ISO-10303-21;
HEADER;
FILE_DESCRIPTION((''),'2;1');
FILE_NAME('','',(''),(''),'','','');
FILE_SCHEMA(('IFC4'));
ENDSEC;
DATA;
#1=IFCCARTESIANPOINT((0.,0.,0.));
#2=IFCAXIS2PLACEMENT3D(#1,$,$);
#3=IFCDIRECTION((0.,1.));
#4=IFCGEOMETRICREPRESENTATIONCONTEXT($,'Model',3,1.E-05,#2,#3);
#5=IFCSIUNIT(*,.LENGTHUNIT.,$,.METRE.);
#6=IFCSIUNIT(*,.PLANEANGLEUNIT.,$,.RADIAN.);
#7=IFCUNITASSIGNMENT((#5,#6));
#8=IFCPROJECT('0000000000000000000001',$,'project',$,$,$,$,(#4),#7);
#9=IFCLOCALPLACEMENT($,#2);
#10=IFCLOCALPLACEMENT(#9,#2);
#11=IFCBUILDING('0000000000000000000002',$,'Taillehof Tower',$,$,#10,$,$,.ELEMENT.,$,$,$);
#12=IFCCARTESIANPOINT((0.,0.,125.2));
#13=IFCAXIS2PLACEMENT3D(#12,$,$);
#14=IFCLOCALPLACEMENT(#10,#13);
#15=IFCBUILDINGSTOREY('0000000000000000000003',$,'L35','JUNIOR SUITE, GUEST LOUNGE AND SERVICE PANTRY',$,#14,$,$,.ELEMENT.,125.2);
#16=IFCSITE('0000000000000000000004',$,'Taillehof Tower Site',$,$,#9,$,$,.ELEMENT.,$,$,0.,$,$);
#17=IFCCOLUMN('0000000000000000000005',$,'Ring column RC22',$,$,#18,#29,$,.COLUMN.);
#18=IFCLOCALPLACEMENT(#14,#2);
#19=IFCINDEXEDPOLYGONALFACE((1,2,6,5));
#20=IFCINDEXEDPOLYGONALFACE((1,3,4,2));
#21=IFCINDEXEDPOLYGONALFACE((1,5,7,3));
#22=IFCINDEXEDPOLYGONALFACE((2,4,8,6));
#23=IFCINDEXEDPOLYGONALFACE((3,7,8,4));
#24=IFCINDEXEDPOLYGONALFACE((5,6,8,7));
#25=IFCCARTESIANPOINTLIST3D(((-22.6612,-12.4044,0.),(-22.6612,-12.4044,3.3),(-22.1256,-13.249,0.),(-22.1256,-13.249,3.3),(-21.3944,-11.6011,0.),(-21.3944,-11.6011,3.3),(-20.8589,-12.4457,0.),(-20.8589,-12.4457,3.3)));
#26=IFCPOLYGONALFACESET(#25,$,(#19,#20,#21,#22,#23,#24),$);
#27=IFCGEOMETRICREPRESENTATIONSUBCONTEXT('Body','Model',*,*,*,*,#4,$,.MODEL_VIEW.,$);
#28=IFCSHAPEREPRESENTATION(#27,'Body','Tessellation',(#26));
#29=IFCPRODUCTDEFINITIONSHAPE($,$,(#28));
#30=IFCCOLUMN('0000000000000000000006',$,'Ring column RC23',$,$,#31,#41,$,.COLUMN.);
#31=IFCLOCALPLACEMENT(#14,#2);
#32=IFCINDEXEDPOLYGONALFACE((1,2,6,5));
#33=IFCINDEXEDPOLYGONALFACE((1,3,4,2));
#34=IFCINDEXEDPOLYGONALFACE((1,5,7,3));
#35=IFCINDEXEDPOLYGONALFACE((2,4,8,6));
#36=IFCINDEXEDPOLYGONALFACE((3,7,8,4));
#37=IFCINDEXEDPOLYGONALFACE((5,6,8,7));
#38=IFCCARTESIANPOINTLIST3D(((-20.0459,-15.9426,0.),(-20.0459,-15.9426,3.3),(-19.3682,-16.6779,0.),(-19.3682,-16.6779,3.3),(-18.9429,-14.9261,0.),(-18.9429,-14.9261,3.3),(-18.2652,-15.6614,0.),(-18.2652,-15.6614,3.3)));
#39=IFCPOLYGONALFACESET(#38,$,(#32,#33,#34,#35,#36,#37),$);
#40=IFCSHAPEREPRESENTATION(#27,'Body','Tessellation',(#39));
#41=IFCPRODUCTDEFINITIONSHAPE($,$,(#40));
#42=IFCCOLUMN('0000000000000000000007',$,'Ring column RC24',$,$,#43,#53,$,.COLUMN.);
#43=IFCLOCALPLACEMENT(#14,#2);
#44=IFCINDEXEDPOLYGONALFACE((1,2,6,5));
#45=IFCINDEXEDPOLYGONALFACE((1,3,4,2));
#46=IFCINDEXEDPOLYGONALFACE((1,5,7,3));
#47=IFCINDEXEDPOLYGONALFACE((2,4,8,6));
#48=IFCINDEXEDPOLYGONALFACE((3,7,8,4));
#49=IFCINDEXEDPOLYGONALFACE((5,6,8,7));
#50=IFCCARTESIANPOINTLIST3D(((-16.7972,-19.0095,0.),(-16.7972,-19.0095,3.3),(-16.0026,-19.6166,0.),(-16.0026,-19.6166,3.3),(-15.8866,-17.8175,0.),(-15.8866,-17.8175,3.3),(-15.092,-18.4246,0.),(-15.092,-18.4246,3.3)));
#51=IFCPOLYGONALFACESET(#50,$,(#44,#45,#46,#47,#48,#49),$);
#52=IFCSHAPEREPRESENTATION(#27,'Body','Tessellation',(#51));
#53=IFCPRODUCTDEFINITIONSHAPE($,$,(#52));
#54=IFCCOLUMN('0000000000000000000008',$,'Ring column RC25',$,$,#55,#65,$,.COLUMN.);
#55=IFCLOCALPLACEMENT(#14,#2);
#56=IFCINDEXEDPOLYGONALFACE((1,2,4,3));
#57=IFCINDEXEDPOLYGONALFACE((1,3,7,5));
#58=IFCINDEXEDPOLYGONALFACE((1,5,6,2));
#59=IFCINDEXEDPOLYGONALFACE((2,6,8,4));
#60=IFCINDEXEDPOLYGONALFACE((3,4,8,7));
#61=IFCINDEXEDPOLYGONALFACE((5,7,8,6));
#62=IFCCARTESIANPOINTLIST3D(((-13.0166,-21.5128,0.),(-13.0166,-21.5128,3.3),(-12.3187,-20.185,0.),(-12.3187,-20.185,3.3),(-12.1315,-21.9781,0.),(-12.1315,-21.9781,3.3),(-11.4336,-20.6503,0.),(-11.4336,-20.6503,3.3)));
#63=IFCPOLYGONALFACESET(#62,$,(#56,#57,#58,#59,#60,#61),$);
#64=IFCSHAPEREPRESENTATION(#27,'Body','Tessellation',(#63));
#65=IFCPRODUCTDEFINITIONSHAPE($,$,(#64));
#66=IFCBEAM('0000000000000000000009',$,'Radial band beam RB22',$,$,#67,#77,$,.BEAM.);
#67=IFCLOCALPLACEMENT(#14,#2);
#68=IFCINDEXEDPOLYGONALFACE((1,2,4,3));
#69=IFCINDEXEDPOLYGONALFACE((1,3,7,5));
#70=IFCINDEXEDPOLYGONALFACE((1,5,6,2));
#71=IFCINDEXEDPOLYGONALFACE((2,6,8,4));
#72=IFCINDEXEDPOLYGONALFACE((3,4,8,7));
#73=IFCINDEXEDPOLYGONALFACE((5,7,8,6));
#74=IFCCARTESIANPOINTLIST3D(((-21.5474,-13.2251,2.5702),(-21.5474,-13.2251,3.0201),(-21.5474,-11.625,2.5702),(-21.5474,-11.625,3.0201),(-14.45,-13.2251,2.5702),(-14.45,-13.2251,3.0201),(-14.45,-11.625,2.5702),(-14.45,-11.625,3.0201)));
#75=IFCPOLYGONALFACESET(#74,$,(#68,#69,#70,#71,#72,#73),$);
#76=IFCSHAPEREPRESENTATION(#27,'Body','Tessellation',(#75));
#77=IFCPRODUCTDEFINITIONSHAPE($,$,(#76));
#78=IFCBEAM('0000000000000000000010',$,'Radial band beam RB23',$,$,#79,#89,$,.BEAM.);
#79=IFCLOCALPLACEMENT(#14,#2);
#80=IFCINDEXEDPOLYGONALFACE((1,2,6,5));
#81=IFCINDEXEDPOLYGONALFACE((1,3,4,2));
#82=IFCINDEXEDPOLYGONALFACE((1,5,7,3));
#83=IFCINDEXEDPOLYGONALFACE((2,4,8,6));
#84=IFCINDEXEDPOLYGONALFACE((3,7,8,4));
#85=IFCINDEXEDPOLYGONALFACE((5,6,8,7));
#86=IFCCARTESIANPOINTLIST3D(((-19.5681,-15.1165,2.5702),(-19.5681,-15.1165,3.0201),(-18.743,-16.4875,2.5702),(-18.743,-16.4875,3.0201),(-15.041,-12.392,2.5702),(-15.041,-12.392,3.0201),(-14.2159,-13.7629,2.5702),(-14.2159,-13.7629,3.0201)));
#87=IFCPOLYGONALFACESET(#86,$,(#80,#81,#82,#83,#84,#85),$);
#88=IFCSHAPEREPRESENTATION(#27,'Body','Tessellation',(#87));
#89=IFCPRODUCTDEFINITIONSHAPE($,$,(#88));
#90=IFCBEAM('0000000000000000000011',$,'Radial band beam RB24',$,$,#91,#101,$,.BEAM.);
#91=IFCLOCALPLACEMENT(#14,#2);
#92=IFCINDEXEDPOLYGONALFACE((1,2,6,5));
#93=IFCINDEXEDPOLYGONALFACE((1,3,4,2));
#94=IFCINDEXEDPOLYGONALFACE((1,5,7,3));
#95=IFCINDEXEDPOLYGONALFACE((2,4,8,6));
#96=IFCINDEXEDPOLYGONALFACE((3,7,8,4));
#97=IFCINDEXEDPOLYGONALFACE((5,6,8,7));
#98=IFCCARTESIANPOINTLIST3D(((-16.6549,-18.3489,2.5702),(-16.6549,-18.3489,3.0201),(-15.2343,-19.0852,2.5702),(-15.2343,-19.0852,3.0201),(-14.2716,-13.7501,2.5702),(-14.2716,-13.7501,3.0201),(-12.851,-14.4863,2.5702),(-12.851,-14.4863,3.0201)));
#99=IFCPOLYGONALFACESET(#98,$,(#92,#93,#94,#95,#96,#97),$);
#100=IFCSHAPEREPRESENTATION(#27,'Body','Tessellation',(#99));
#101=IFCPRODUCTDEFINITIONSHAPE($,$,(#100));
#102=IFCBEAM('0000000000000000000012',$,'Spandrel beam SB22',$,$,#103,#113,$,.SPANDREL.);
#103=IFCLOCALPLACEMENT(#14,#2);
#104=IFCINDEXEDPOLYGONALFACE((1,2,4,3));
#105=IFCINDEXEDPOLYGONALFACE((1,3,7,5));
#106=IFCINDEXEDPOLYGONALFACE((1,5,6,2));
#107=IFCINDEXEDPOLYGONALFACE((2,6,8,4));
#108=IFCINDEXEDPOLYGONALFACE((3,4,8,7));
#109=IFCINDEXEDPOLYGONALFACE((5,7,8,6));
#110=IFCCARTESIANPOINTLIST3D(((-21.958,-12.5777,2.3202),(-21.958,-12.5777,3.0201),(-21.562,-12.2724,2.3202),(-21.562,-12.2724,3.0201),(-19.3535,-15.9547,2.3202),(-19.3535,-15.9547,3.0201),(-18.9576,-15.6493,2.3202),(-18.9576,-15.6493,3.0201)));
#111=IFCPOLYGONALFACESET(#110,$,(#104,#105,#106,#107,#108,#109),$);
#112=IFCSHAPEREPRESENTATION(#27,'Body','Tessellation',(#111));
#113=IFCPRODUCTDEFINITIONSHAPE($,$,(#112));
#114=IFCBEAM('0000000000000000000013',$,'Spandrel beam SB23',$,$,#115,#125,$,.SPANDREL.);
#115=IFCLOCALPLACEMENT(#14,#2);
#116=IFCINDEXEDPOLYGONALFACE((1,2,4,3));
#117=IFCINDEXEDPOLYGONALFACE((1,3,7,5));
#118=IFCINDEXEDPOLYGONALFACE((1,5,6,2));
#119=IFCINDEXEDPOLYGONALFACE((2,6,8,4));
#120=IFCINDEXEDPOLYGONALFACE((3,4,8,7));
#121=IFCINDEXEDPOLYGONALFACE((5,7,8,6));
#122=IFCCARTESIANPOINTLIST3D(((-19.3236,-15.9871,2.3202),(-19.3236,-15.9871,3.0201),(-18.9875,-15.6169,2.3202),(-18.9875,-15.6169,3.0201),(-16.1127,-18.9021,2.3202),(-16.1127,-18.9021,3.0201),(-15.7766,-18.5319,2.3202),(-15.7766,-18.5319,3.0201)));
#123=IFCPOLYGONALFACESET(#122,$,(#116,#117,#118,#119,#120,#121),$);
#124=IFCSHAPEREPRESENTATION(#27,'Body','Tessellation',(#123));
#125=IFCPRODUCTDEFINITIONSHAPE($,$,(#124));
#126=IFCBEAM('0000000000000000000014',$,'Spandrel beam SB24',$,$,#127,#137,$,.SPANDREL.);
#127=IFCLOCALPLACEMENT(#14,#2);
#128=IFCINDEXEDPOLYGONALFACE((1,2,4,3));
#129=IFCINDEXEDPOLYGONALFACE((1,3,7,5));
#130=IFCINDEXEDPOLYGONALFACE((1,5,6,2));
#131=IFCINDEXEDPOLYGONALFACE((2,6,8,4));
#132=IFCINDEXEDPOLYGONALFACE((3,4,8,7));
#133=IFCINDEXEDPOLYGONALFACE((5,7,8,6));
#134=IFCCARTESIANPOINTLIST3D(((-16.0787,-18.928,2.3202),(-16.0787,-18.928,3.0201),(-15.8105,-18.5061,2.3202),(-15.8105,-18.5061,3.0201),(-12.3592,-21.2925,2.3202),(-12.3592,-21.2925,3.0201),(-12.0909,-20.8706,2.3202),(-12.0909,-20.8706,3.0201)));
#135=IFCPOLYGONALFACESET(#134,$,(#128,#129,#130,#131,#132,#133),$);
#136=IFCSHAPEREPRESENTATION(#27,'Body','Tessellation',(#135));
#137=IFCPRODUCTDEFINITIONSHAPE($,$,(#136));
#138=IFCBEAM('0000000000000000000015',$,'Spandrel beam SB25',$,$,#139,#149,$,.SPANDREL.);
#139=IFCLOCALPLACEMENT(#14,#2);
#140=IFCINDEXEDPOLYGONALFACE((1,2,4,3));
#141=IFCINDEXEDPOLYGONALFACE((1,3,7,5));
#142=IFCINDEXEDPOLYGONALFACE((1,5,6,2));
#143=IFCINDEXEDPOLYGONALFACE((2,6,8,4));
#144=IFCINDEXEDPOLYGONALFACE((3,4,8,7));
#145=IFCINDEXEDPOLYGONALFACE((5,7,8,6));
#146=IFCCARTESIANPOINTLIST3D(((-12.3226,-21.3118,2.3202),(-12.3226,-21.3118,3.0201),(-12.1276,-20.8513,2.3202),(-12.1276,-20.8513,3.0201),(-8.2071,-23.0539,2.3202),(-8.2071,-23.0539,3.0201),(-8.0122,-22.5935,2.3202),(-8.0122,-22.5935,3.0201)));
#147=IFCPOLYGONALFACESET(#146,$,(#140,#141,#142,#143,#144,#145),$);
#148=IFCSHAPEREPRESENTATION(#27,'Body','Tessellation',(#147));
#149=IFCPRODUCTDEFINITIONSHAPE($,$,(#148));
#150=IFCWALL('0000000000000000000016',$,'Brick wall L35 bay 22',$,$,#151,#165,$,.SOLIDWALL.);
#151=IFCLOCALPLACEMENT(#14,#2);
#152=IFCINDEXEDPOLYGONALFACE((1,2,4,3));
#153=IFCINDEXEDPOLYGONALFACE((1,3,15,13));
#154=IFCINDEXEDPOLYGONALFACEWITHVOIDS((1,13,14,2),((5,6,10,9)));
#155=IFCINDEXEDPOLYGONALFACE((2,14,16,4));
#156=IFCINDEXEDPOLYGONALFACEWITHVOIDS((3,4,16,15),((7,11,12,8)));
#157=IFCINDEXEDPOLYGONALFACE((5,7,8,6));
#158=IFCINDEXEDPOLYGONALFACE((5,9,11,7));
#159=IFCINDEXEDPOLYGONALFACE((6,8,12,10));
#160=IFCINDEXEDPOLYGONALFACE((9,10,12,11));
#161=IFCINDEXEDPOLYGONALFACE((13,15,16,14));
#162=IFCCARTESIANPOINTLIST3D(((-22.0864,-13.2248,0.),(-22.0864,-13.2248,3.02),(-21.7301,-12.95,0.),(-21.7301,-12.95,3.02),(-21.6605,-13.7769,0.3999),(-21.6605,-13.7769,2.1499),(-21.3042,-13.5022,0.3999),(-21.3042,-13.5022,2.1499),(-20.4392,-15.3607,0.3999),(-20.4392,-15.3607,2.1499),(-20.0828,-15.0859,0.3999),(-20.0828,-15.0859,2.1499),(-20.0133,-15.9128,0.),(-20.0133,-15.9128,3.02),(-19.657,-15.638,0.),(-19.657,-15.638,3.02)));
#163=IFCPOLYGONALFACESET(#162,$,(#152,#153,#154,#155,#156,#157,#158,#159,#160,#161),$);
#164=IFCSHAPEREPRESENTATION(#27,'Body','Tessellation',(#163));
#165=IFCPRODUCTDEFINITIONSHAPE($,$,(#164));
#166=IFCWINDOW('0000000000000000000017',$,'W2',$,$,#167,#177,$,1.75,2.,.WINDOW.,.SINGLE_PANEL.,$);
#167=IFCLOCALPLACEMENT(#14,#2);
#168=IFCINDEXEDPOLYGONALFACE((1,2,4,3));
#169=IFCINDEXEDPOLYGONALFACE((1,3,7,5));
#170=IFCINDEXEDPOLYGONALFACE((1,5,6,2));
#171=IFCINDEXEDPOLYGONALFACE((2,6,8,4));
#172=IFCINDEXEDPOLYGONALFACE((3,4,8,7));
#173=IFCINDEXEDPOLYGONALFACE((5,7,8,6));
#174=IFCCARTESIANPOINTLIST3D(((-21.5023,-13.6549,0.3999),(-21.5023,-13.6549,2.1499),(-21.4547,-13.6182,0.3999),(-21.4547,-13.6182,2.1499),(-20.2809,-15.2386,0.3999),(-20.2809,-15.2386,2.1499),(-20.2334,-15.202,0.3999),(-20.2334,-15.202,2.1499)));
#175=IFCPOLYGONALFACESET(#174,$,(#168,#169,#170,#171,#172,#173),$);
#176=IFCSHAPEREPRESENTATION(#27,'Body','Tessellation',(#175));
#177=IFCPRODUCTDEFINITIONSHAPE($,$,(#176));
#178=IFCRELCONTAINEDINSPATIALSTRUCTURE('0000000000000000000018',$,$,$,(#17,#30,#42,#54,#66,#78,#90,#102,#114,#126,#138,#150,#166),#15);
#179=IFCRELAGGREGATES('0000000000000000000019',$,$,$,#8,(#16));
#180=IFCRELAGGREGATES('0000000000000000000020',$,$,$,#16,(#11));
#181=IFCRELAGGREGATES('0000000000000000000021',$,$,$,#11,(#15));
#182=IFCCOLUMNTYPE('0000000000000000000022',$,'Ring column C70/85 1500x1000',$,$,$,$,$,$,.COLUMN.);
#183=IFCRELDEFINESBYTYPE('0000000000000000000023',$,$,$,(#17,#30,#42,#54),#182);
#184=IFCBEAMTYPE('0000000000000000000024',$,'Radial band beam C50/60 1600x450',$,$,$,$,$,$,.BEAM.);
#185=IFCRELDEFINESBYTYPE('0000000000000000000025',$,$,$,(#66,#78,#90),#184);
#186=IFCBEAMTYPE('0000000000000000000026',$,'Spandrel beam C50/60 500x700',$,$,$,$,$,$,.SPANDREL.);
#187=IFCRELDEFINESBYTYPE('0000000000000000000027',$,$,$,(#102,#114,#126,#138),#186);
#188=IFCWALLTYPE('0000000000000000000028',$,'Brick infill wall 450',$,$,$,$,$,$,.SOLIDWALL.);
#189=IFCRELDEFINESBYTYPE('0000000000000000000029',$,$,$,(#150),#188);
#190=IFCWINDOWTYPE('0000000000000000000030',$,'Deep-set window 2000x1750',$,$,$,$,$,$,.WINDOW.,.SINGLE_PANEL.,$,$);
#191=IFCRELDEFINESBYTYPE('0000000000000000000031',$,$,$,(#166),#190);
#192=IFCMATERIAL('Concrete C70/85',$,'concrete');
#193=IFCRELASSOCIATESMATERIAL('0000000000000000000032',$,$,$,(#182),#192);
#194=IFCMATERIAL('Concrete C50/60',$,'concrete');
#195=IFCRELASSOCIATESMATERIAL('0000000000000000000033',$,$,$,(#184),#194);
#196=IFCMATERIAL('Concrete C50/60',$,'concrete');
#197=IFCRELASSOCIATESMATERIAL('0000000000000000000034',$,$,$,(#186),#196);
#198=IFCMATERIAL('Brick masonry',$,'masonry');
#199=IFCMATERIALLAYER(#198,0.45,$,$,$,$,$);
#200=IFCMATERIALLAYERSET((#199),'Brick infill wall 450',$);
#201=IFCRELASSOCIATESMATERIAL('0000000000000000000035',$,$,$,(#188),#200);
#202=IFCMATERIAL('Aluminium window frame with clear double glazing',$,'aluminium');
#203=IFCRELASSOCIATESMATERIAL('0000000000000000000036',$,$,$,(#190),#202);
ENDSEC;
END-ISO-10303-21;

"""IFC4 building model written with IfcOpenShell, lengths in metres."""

from ifc_helpers import new_model, si_unit, direction, frame, frame_2d, origin, origin_2d, place, context, subcontext, project, spatial, rectangle, extrude, material, layer, layer_set, material_profile, profile_set, type_object, element, fill, save


model = new_model("IFC4")

# Units and contexts
model_context = context("Model", 3, precision=1e-05, world=origin(), true_north=direction((0.0, 1.0)))
body_context = subcontext(model_context, "Body", "Model", "MODEL_VIEW")
ifc_project = project(units=[si_unit("LENGTHUNIT", "METRE"), si_unit("PLANEANGLEUNIT", "RADIAN")], contexts=[model_context])

# Site, building, storey
site_placement = place(None, origin())
site = spatial("IfcSite", under=ifc_project, at=site_placement, Name="Taillehof Tower Site", CompositionType="ELEMENT", RefElevation=0.0)
building_placement = place(site_placement, origin())
building = spatial("IfcBuilding", under=site, at=building_placement, Name="Taillehof Tower", CompositionType="ELEMENT")
storey_placement = place(building_placement, frame((0.0, 0.0, 125.2)))
storey = spatial("IfcBuildingStorey", under=building, at=storey_placement, Name="L35", Description="JUNIOR SUITE, GUEST LOUNGE AND SERVICE PANTRY", CompositionType="ELEMENT", Elevation=125.2)

# Columns
ifc_material_1 = material(Name="Concrete C70/85", Category="concrete")
ifc_material_profile_1 = material_profile(ifc_material_1, rectangle(XDim=1.5, YDim=1.0, at=origin_2d()), Name="RC 1500x1000")
ifc_profile_set_1 = profile_set([ifc_material_profile_1], Name="Concrete C70/85")
column_type = type_object("IfcColumnType", Name="Ring column C70/85 1500x1000", PredefinedType="COLUMN", material=ifc_profile_set_1)
for number, where, z_axis, x_axis, name in (
    (1, (-21.76, -12.425, 0.0), (0.0, 0.0, 1.0), (-0.844511, -0.535537, 0.0), "Ring column RC22"),
    (2, (-19.1555, -15.802, 0.0), (0.0, 0.0, 1.0), (-0.735332, -0.677707, 0.0), "Ring column RC23"),
    (3, (-15.9446, -18.717, 0.0), (0.0, 0.0, 1.0), (-0.607074, -0.794645, 0.0), "Ring column RC24"),
    (4, (-12.2251, -21.0815, 0.0), (0.0, 0.0, 1.0), (-0.465283, -0.885162, 0.0), "Ring column RC25"),
):
    element("IfcColumn", number, at=place(storey_placement, frame(where, z_axis=z_axis, x_axis=x_axis)), inside=storey, type_object=column_type, Name=name, PredefinedType="COLUMN", context=body_context, shape_type="SweptSolid", body=[
        extrude(rectangle(XDim=1.5, YDim=1.0, at=origin_2d()), origin(), (0.0, 0.0, 1.0), 3.3),
    ])

# Beams
ifc_material_2 = material(Name="Concrete C50/60", Category="concrete")
ifc_material_profile_2 = material_profile(ifc_material_2, rectangle(XDim=1.6001, YDim=0.45, at=origin_2d()), Name="RC 1600x450")
ifc_profile_set_2 = profile_set([ifc_material_profile_2], Name="Concrete C50/60")
beam_type_1 = type_object("IfcBeamType", Name="Radial band beam C50/60 1600x450", PredefinedType="BEAM", material=ifc_profile_set_2)
beam_1_placement = place(storey_placement, frame((-21.5474, -12.425, 2.7952), z_axis=(1.0, 0.0, 0.0), x_axis=(0.0, 1.0, 0.0)))
element("IfcBeam", 5, at=beam_1_placement, inside=storey, type_object=beam_type_1, Name="Radial band beam RB22", PredefinedType="BEAM", context=body_context, shape_type="SweptSolid", body=[
    extrude(rectangle(XDim=1.6001, YDim=0.45, at=origin_2d()), origin(), (0.0, 0.0, 1.0), 7.0974),
])
beam_2_placement = place(storey_placement, frame((-19.1555, -15.802, 2.7952), z_axis=(0.856795, 0.515657, 0.0), x_axis=(-0.515657, 0.856795, 0.0)))
element("IfcBeam", 6, at=beam_2_placement, inside=storey, type_object=beam_type_1, Name="Radial band beam RB23", PredefinedType="BEAM", context=body_context, shape_type="SweptSolid", body=[
    extrude(rectangle(XDim=1.6001, YDim=0.45, at=origin_2d()), origin(), (0.0, 0.0, 1.0), 5.2837),
])
beam_3_placement = place(storey_placement, frame((-15.9446, -18.717, 2.7952), z_axis=(0.460119, 0.887857, 0.0), x_axis=(-0.887857, 0.460119, 0.0)))
element("IfcBeam", 7, at=beam_3_placement, inside=storey, type_object=beam_type_1, Name="Radial band beam RB24", PredefinedType="BEAM", context=body_context, shape_type="SweptSolid", body=[
    extrude(rectangle(XDim=1.6001, YDim=0.45, at=origin_2d()), origin(), (0.0, 0.0, 1.0), 5.1797),
])
ifc_material_3 = material(Name="Concrete C50/60", Category="concrete")
ifc_material_profile_3 = material_profile(ifc_material_3, rectangle(XDim=0.5, YDim=0.7, at=origin_2d()), Name="RC 500x700")
ifc_profile_set_3 = profile_set([ifc_material_profile_3], Name="Concrete C50/60")
beam_type_2 = type_object("IfcBeamType", Name="Spandrel beam C50/60 500x700", PredefinedType="SPANDREL", material=ifc_profile_set_3)
beam_4_placement = place(storey_placement, frame((-21.76, -12.425, 2.6702), z_axis=(0.610717, -0.791849, 0.0), x_axis=(0.791849, 0.610717, 0.0)))
element("IfcBeam", 8, at=beam_4_placement, inside=storey, type_object=beam_type_2, Name="Spandrel beam SB22", PredefinedType="SPANDREL", context=body_context, shape_type="SweptSolid", body=[
    extrude(rectangle(XDim=0.5, YDim=0.7, at=origin_2d()), origin(), (0.0, 0.0, 1.0), 4.2646),
])
beam_5_placement = place(storey_placement, frame((-19.1555, -15.802, 2.6702), z_axis=(0.740398, -0.672168, 0.0), x_axis=(0.672168, 0.740398, 0.0)))
element("IfcBeam", 9, at=beam_5_placement, inside=storey, type_object=beam_type_2, Name="Spandrel beam SB23", PredefinedType="SPANDREL", context=body_context, shape_type="SweptSolid", body=[
    extrude(rectangle(XDim=0.5, YDim=0.7, at=origin_2d()), origin(), (0.0, 0.0, 1.0), 4.3367),
])
beam_6_placement = place(storey_placement, frame((-15.9446, -18.717, 2.6702), z_axis=(0.843912, -0.536481, 0.0), x_axis=(0.536481, 0.843912, 0.0)))
element("IfcBeam", 10, at=beam_6_placement, inside=storey, type_object=beam_type_2, Name="Spandrel beam SB24", PredefinedType="SPANDREL", context=body_context, shape_type="SweptSolid", body=[
    extrude(rectangle(XDim=0.5, YDim=0.7, at=origin_2d()), origin(), (0.0, 0.0, 1.0), 4.4075),
])
beam_7_placement = place(storey_placement, frame((-12.2251, -21.0815, 2.6702), z_axis=(0.920885, -0.389834, 0.0), x_axis=(0.389834, 0.920885, 0.0)))
element("IfcBeam", 11, at=beam_7_placement, inside=storey, type_object=beam_type_2, Name="Spandrel beam SB25", PredefinedType="SPANDREL", context=body_context, shape_type="SweptSolid", body=[
    extrude(rectangle(XDim=0.5, YDim=0.7, at=origin_2d()), origin(), (0.0, 0.0, 1.0), 4.469),
])

# Wall, opening, window
ifc_material_4 = material(Name="Brick masonry", Category="masonry")
ifc_layer_1 = layer(ifc_material_4, 0.45)
ifc_layer_set_1 = layer_set([ifc_layer_1], Name="Brick infill wall 450")
wall_type_1 = type_object("IfcWallType", Name="Brick infill wall 450", PredefinedType="SOLIDWALL", material=ifc_layer_set_1)
wall_1_placement = place(storey_placement, frame((-21.9082, -13.0874, 0.0), z_axis=(0.0, 0.0, 1.0), x_axis=(0.610694, -0.791867, 0.0)))
wall_1 = element("IfcWall", 12, at=wall_1_placement, inside=storey, type_object=wall_type_1, Name="Brick wall L35 bay 22", PredefinedType="SOLIDWALL", context=body_context, shape_type="SweptSolid", body=[
    extrude(rectangle(XDim=3.3945, YDim=0.45, at=frame_2d((1.6973, 0.0))), origin(), (0.0, 0.0, 1.0), 3.02),
])
opening_1_placement = place(wall_1_placement, frame((0.6973, 0.0, 0.3999)))
opening_1 = element("IfcOpeningElement", 13, at=opening_1_placement, cuts=wall_1, PredefinedType="OPENING", context=body_context, shape_type="SweptSolid", body=[
    extrude(rectangle(XDim=2.0, YDim=1.75, at=frame_2d((1.0, 0.875))), frame((0.0, 0.2349, 0.0), z_axis=(0.0, -1.0, 0.0), x_axis=(1.0, 0.0, 0.0)), (0.0, 0.0, 1.0), 0.47),
])
ifc_material_5 = material(Name="Aluminium window frame with clear double glazing", Category="aluminium")
window_type_1 = type_object("IfcWindowType", Name="Deep-set window 2000x1750", PartitioningType="SINGLE_PANEL", PredefinedType="WINDOW", material=ifc_material_5)
window_1_placement = place(opening_1_placement, origin())
window_1 = element("IfcWindow", 14, at=window_1_placement, inside=storey, type_object=window_type_1, Name="W2", OverallHeight=1.75, OverallWidth=2.0, PartitioningType="SINGLE_PANEL", PredefinedType="WINDOW", context=body_context, shape_type="SweptSolid", body=[
    extrude(rectangle(XDim=2.0, YDim=1.75, at=frame_2d((1.0, 0.875))), frame((0.0, 0.0349, 0.0), z_axis=(0.0, -1.0, 0.0), x_axis=(1.0, 0.0, 0.0)), (0.0, 0.0, 1.0), 0.0601),
])
fill(opening_1, window_1)

save(model, "model.ifc")
